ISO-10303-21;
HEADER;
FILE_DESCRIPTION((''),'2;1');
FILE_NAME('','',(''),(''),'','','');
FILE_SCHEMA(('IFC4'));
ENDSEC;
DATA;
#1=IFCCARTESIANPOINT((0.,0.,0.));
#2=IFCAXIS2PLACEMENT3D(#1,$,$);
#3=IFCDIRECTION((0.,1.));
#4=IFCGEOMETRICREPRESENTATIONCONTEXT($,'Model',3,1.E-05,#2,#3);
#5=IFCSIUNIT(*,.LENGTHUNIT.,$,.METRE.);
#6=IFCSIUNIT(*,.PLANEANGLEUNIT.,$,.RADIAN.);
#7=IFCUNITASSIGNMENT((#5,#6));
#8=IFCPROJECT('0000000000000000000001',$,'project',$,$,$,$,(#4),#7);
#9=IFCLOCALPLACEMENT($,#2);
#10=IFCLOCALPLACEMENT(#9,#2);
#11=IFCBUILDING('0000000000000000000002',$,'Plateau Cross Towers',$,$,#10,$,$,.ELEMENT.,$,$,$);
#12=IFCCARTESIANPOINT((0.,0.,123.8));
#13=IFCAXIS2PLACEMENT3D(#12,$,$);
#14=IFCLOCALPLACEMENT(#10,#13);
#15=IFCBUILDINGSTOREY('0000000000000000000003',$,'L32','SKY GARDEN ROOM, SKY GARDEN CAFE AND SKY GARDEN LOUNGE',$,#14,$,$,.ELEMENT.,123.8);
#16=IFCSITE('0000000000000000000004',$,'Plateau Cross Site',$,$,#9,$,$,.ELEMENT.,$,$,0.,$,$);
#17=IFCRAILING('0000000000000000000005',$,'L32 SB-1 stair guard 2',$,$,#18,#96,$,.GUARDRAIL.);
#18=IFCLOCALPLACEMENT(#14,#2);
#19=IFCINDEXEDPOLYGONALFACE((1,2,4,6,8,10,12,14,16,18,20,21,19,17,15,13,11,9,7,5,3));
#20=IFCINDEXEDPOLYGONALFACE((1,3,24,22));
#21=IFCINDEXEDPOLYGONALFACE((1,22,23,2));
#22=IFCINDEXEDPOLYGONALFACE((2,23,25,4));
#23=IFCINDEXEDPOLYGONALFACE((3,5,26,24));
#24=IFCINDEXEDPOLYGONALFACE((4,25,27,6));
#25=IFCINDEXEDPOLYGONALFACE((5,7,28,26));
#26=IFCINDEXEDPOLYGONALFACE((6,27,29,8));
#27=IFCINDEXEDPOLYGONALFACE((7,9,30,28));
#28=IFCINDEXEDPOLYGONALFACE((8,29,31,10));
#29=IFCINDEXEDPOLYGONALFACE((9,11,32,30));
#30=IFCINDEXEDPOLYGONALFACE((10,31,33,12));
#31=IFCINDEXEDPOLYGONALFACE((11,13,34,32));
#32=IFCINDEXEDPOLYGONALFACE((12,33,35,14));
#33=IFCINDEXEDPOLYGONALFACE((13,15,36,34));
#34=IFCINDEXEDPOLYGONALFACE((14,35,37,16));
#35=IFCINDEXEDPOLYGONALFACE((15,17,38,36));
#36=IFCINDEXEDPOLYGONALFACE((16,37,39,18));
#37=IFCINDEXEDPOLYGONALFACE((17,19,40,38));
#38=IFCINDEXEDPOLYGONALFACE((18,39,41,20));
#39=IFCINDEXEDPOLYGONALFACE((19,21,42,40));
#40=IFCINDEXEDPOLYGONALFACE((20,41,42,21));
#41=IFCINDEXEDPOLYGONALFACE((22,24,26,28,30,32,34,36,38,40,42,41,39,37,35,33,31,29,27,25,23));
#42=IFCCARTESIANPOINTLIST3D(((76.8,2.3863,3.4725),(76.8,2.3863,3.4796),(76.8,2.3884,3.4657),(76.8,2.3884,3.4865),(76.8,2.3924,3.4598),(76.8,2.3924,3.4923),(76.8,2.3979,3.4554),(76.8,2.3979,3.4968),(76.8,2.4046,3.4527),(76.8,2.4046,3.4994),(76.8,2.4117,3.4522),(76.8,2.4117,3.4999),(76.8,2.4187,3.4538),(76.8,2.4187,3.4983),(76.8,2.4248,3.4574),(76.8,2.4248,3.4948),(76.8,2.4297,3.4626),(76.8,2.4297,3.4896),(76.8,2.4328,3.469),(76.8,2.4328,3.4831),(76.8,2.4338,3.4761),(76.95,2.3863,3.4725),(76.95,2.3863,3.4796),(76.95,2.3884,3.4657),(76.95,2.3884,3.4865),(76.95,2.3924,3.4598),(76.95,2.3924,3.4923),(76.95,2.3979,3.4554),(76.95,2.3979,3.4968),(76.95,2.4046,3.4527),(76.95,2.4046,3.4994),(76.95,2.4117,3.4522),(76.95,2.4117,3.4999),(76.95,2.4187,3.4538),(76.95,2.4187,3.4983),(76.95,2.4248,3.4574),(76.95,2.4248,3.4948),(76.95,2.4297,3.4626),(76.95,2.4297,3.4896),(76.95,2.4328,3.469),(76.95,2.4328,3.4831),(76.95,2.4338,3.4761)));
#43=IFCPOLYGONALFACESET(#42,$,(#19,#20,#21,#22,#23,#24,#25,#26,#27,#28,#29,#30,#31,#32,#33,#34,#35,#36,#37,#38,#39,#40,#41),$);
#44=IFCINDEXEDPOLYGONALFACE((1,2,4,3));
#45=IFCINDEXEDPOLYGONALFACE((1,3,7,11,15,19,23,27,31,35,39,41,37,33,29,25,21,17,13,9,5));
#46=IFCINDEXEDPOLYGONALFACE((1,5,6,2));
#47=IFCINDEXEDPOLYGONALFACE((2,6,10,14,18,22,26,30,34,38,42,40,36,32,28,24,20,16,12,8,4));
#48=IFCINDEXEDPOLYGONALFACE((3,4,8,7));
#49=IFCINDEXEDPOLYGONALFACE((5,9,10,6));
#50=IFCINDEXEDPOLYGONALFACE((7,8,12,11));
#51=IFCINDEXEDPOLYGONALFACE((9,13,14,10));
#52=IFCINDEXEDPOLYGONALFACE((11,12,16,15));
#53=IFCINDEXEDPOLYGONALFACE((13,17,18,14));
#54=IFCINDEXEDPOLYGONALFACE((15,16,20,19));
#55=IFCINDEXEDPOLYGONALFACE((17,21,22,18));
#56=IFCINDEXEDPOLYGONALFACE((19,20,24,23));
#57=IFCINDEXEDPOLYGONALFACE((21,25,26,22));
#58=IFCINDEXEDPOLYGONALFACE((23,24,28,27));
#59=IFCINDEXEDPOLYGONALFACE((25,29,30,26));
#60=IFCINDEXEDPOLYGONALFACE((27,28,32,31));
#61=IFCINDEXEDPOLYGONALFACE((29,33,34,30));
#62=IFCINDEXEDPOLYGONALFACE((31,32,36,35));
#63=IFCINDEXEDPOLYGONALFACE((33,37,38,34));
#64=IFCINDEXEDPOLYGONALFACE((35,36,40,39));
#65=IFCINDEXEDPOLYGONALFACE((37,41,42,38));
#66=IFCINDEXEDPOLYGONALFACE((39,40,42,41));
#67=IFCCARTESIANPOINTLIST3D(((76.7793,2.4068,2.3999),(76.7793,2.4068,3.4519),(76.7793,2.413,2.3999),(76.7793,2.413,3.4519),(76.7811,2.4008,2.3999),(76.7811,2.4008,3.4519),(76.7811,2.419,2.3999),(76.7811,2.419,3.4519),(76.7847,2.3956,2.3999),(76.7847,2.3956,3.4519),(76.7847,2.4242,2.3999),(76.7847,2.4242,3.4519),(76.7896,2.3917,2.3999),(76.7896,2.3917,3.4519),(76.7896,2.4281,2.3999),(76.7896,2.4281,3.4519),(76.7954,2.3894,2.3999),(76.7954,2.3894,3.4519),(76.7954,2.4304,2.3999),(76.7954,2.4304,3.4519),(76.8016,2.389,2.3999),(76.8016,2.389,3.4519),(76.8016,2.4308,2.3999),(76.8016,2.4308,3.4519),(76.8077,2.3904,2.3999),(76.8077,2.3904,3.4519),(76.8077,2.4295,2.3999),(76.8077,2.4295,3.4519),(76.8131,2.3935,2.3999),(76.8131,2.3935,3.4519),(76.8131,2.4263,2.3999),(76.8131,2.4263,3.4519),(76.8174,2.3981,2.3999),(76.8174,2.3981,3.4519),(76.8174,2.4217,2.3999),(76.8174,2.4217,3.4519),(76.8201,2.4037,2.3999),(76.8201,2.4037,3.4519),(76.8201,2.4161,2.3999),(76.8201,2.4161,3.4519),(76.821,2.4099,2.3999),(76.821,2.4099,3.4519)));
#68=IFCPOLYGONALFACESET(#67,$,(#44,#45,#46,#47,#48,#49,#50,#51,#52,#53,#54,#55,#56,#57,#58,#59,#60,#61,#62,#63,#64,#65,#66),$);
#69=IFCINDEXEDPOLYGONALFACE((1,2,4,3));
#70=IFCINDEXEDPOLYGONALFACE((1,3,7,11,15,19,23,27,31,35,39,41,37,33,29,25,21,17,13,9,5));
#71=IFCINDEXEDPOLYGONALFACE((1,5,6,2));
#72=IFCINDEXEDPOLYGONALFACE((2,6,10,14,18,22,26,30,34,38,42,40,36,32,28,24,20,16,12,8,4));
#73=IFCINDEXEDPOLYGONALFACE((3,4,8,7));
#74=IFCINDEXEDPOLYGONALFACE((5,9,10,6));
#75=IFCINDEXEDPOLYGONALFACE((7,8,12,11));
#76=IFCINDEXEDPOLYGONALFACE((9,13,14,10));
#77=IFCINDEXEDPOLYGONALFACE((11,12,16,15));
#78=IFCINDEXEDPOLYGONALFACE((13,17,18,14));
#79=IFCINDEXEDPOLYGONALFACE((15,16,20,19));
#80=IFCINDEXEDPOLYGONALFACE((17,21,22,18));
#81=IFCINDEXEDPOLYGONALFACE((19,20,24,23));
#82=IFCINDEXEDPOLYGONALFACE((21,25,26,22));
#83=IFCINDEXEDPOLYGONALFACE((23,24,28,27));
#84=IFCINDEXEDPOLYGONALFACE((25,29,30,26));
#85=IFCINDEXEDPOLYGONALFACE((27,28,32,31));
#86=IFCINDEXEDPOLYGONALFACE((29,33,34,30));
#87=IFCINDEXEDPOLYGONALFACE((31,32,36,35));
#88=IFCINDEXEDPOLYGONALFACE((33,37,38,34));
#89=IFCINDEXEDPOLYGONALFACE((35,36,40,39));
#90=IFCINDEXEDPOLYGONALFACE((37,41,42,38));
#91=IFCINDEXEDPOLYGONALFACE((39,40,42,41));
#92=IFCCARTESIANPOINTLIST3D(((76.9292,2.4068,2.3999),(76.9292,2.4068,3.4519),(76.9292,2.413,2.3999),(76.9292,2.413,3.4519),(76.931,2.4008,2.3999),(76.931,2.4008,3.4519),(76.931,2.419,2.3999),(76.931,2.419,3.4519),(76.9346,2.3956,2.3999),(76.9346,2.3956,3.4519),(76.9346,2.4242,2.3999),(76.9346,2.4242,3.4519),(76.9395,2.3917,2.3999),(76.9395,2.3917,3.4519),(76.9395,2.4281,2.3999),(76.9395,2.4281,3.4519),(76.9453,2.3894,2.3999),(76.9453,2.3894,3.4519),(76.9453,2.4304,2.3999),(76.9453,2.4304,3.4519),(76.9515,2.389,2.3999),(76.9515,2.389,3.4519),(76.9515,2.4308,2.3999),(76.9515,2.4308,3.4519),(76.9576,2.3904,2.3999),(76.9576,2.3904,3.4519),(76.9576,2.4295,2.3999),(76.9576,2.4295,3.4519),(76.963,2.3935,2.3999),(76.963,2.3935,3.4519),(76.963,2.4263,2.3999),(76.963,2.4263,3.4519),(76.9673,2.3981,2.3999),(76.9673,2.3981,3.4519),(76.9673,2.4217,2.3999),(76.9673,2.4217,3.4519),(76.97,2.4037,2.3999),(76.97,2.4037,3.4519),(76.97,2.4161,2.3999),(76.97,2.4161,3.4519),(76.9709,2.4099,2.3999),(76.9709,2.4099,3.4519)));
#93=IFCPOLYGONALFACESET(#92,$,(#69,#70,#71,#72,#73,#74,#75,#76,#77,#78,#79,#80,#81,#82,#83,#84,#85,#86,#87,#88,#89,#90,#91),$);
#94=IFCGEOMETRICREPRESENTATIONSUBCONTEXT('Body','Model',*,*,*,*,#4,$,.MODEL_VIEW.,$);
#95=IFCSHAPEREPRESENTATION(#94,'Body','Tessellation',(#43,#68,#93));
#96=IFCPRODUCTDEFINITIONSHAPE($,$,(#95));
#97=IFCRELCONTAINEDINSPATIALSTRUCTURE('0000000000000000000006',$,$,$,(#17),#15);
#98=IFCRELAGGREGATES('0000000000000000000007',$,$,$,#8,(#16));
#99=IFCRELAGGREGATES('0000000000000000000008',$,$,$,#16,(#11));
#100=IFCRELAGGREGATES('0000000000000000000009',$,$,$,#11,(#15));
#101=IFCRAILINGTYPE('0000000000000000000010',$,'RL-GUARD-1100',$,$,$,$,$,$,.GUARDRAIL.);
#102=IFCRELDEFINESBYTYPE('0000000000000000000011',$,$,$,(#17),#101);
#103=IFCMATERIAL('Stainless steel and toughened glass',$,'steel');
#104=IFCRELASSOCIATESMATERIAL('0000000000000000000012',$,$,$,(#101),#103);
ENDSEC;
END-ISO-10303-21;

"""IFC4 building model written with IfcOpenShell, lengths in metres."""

from ifc_helpers import new_model, si_unit, direction, frame, origin, origin_2d, place, context, subcontext, project, spatial, circle, extrude, material, type_object, element, save


model = new_model("IFC4")

# Units and contexts
model_context = context("Model", 3, precision=1e-05, world=origin(), true_north=direction((0.0, 1.0)))
body_context = subcontext(model_context, "Body", "Model", "MODEL_VIEW")
ifc_project = project(units=[si_unit("LENGTHUNIT", "METRE"), si_unit("PLANEANGLEUNIT", "RADIAN")], contexts=[model_context])

# Site, building, storey
site_placement = place(None, origin())
site = spatial("IfcSite", under=ifc_project, at=site_placement, Name="Plateau Cross Site", CompositionType="ELEMENT", RefElevation=0.0)
building_placement = place(site_placement, origin())
building = spatial("IfcBuilding", under=site, at=building_placement, Name="Plateau Cross Towers", CompositionType="ELEMENT")
storey_placement = place(building_placement, frame((0.0, 0.0, 123.8)))
storey = spatial("IfcBuildingStorey", under=building, at=storey_placement, Name="L32", Description="SKY GARDEN ROOM, SKY GARDEN CAFE AND SKY GARDEN LOUNGE", CompositionType="ELEMENT", Elevation=123.8)

# Railing
ifc_material_1 = material(Name="Stainless steel and toughened glass", Category="steel")
railing_type_1 = type_object("IfcRailingType", Name="RL-GUARD-1100", PredefinedType="GUARDRAIL", material=ifc_material_1)
railing_1_placement = place(storey_placement, frame((76.8, 2.4099, 2.3999)))
element("IfcRailing", 1, at=railing_1_placement, inside=storey, type_object=railing_type_1, Name="L32 SB-1 stair guard 2", PredefinedType="GUARDRAIL", context=body_context, shape_type="SweptSolid", body=[
    extrude(circle(Radius=0.0239, at=origin_2d()), frame((0.0, 0.0, 1.0762), z_axis=(1.0, 0.0, 0.0), x_axis=(0.0, 1.0, 0.0)), (0.0, 0.0, 1.0), 0.1499),
    extrude(circle(Radius=0.021, at=origin_2d()), origin(), (0.0, 0.0, 1.0), 1.052),
    extrude(circle(Radius=0.021, at=origin_2d()), frame((0.1499, 0.0, 0.0)), (0.0, 0.0, 1.0), 1.052),
])

save(model, "model.ifc")
